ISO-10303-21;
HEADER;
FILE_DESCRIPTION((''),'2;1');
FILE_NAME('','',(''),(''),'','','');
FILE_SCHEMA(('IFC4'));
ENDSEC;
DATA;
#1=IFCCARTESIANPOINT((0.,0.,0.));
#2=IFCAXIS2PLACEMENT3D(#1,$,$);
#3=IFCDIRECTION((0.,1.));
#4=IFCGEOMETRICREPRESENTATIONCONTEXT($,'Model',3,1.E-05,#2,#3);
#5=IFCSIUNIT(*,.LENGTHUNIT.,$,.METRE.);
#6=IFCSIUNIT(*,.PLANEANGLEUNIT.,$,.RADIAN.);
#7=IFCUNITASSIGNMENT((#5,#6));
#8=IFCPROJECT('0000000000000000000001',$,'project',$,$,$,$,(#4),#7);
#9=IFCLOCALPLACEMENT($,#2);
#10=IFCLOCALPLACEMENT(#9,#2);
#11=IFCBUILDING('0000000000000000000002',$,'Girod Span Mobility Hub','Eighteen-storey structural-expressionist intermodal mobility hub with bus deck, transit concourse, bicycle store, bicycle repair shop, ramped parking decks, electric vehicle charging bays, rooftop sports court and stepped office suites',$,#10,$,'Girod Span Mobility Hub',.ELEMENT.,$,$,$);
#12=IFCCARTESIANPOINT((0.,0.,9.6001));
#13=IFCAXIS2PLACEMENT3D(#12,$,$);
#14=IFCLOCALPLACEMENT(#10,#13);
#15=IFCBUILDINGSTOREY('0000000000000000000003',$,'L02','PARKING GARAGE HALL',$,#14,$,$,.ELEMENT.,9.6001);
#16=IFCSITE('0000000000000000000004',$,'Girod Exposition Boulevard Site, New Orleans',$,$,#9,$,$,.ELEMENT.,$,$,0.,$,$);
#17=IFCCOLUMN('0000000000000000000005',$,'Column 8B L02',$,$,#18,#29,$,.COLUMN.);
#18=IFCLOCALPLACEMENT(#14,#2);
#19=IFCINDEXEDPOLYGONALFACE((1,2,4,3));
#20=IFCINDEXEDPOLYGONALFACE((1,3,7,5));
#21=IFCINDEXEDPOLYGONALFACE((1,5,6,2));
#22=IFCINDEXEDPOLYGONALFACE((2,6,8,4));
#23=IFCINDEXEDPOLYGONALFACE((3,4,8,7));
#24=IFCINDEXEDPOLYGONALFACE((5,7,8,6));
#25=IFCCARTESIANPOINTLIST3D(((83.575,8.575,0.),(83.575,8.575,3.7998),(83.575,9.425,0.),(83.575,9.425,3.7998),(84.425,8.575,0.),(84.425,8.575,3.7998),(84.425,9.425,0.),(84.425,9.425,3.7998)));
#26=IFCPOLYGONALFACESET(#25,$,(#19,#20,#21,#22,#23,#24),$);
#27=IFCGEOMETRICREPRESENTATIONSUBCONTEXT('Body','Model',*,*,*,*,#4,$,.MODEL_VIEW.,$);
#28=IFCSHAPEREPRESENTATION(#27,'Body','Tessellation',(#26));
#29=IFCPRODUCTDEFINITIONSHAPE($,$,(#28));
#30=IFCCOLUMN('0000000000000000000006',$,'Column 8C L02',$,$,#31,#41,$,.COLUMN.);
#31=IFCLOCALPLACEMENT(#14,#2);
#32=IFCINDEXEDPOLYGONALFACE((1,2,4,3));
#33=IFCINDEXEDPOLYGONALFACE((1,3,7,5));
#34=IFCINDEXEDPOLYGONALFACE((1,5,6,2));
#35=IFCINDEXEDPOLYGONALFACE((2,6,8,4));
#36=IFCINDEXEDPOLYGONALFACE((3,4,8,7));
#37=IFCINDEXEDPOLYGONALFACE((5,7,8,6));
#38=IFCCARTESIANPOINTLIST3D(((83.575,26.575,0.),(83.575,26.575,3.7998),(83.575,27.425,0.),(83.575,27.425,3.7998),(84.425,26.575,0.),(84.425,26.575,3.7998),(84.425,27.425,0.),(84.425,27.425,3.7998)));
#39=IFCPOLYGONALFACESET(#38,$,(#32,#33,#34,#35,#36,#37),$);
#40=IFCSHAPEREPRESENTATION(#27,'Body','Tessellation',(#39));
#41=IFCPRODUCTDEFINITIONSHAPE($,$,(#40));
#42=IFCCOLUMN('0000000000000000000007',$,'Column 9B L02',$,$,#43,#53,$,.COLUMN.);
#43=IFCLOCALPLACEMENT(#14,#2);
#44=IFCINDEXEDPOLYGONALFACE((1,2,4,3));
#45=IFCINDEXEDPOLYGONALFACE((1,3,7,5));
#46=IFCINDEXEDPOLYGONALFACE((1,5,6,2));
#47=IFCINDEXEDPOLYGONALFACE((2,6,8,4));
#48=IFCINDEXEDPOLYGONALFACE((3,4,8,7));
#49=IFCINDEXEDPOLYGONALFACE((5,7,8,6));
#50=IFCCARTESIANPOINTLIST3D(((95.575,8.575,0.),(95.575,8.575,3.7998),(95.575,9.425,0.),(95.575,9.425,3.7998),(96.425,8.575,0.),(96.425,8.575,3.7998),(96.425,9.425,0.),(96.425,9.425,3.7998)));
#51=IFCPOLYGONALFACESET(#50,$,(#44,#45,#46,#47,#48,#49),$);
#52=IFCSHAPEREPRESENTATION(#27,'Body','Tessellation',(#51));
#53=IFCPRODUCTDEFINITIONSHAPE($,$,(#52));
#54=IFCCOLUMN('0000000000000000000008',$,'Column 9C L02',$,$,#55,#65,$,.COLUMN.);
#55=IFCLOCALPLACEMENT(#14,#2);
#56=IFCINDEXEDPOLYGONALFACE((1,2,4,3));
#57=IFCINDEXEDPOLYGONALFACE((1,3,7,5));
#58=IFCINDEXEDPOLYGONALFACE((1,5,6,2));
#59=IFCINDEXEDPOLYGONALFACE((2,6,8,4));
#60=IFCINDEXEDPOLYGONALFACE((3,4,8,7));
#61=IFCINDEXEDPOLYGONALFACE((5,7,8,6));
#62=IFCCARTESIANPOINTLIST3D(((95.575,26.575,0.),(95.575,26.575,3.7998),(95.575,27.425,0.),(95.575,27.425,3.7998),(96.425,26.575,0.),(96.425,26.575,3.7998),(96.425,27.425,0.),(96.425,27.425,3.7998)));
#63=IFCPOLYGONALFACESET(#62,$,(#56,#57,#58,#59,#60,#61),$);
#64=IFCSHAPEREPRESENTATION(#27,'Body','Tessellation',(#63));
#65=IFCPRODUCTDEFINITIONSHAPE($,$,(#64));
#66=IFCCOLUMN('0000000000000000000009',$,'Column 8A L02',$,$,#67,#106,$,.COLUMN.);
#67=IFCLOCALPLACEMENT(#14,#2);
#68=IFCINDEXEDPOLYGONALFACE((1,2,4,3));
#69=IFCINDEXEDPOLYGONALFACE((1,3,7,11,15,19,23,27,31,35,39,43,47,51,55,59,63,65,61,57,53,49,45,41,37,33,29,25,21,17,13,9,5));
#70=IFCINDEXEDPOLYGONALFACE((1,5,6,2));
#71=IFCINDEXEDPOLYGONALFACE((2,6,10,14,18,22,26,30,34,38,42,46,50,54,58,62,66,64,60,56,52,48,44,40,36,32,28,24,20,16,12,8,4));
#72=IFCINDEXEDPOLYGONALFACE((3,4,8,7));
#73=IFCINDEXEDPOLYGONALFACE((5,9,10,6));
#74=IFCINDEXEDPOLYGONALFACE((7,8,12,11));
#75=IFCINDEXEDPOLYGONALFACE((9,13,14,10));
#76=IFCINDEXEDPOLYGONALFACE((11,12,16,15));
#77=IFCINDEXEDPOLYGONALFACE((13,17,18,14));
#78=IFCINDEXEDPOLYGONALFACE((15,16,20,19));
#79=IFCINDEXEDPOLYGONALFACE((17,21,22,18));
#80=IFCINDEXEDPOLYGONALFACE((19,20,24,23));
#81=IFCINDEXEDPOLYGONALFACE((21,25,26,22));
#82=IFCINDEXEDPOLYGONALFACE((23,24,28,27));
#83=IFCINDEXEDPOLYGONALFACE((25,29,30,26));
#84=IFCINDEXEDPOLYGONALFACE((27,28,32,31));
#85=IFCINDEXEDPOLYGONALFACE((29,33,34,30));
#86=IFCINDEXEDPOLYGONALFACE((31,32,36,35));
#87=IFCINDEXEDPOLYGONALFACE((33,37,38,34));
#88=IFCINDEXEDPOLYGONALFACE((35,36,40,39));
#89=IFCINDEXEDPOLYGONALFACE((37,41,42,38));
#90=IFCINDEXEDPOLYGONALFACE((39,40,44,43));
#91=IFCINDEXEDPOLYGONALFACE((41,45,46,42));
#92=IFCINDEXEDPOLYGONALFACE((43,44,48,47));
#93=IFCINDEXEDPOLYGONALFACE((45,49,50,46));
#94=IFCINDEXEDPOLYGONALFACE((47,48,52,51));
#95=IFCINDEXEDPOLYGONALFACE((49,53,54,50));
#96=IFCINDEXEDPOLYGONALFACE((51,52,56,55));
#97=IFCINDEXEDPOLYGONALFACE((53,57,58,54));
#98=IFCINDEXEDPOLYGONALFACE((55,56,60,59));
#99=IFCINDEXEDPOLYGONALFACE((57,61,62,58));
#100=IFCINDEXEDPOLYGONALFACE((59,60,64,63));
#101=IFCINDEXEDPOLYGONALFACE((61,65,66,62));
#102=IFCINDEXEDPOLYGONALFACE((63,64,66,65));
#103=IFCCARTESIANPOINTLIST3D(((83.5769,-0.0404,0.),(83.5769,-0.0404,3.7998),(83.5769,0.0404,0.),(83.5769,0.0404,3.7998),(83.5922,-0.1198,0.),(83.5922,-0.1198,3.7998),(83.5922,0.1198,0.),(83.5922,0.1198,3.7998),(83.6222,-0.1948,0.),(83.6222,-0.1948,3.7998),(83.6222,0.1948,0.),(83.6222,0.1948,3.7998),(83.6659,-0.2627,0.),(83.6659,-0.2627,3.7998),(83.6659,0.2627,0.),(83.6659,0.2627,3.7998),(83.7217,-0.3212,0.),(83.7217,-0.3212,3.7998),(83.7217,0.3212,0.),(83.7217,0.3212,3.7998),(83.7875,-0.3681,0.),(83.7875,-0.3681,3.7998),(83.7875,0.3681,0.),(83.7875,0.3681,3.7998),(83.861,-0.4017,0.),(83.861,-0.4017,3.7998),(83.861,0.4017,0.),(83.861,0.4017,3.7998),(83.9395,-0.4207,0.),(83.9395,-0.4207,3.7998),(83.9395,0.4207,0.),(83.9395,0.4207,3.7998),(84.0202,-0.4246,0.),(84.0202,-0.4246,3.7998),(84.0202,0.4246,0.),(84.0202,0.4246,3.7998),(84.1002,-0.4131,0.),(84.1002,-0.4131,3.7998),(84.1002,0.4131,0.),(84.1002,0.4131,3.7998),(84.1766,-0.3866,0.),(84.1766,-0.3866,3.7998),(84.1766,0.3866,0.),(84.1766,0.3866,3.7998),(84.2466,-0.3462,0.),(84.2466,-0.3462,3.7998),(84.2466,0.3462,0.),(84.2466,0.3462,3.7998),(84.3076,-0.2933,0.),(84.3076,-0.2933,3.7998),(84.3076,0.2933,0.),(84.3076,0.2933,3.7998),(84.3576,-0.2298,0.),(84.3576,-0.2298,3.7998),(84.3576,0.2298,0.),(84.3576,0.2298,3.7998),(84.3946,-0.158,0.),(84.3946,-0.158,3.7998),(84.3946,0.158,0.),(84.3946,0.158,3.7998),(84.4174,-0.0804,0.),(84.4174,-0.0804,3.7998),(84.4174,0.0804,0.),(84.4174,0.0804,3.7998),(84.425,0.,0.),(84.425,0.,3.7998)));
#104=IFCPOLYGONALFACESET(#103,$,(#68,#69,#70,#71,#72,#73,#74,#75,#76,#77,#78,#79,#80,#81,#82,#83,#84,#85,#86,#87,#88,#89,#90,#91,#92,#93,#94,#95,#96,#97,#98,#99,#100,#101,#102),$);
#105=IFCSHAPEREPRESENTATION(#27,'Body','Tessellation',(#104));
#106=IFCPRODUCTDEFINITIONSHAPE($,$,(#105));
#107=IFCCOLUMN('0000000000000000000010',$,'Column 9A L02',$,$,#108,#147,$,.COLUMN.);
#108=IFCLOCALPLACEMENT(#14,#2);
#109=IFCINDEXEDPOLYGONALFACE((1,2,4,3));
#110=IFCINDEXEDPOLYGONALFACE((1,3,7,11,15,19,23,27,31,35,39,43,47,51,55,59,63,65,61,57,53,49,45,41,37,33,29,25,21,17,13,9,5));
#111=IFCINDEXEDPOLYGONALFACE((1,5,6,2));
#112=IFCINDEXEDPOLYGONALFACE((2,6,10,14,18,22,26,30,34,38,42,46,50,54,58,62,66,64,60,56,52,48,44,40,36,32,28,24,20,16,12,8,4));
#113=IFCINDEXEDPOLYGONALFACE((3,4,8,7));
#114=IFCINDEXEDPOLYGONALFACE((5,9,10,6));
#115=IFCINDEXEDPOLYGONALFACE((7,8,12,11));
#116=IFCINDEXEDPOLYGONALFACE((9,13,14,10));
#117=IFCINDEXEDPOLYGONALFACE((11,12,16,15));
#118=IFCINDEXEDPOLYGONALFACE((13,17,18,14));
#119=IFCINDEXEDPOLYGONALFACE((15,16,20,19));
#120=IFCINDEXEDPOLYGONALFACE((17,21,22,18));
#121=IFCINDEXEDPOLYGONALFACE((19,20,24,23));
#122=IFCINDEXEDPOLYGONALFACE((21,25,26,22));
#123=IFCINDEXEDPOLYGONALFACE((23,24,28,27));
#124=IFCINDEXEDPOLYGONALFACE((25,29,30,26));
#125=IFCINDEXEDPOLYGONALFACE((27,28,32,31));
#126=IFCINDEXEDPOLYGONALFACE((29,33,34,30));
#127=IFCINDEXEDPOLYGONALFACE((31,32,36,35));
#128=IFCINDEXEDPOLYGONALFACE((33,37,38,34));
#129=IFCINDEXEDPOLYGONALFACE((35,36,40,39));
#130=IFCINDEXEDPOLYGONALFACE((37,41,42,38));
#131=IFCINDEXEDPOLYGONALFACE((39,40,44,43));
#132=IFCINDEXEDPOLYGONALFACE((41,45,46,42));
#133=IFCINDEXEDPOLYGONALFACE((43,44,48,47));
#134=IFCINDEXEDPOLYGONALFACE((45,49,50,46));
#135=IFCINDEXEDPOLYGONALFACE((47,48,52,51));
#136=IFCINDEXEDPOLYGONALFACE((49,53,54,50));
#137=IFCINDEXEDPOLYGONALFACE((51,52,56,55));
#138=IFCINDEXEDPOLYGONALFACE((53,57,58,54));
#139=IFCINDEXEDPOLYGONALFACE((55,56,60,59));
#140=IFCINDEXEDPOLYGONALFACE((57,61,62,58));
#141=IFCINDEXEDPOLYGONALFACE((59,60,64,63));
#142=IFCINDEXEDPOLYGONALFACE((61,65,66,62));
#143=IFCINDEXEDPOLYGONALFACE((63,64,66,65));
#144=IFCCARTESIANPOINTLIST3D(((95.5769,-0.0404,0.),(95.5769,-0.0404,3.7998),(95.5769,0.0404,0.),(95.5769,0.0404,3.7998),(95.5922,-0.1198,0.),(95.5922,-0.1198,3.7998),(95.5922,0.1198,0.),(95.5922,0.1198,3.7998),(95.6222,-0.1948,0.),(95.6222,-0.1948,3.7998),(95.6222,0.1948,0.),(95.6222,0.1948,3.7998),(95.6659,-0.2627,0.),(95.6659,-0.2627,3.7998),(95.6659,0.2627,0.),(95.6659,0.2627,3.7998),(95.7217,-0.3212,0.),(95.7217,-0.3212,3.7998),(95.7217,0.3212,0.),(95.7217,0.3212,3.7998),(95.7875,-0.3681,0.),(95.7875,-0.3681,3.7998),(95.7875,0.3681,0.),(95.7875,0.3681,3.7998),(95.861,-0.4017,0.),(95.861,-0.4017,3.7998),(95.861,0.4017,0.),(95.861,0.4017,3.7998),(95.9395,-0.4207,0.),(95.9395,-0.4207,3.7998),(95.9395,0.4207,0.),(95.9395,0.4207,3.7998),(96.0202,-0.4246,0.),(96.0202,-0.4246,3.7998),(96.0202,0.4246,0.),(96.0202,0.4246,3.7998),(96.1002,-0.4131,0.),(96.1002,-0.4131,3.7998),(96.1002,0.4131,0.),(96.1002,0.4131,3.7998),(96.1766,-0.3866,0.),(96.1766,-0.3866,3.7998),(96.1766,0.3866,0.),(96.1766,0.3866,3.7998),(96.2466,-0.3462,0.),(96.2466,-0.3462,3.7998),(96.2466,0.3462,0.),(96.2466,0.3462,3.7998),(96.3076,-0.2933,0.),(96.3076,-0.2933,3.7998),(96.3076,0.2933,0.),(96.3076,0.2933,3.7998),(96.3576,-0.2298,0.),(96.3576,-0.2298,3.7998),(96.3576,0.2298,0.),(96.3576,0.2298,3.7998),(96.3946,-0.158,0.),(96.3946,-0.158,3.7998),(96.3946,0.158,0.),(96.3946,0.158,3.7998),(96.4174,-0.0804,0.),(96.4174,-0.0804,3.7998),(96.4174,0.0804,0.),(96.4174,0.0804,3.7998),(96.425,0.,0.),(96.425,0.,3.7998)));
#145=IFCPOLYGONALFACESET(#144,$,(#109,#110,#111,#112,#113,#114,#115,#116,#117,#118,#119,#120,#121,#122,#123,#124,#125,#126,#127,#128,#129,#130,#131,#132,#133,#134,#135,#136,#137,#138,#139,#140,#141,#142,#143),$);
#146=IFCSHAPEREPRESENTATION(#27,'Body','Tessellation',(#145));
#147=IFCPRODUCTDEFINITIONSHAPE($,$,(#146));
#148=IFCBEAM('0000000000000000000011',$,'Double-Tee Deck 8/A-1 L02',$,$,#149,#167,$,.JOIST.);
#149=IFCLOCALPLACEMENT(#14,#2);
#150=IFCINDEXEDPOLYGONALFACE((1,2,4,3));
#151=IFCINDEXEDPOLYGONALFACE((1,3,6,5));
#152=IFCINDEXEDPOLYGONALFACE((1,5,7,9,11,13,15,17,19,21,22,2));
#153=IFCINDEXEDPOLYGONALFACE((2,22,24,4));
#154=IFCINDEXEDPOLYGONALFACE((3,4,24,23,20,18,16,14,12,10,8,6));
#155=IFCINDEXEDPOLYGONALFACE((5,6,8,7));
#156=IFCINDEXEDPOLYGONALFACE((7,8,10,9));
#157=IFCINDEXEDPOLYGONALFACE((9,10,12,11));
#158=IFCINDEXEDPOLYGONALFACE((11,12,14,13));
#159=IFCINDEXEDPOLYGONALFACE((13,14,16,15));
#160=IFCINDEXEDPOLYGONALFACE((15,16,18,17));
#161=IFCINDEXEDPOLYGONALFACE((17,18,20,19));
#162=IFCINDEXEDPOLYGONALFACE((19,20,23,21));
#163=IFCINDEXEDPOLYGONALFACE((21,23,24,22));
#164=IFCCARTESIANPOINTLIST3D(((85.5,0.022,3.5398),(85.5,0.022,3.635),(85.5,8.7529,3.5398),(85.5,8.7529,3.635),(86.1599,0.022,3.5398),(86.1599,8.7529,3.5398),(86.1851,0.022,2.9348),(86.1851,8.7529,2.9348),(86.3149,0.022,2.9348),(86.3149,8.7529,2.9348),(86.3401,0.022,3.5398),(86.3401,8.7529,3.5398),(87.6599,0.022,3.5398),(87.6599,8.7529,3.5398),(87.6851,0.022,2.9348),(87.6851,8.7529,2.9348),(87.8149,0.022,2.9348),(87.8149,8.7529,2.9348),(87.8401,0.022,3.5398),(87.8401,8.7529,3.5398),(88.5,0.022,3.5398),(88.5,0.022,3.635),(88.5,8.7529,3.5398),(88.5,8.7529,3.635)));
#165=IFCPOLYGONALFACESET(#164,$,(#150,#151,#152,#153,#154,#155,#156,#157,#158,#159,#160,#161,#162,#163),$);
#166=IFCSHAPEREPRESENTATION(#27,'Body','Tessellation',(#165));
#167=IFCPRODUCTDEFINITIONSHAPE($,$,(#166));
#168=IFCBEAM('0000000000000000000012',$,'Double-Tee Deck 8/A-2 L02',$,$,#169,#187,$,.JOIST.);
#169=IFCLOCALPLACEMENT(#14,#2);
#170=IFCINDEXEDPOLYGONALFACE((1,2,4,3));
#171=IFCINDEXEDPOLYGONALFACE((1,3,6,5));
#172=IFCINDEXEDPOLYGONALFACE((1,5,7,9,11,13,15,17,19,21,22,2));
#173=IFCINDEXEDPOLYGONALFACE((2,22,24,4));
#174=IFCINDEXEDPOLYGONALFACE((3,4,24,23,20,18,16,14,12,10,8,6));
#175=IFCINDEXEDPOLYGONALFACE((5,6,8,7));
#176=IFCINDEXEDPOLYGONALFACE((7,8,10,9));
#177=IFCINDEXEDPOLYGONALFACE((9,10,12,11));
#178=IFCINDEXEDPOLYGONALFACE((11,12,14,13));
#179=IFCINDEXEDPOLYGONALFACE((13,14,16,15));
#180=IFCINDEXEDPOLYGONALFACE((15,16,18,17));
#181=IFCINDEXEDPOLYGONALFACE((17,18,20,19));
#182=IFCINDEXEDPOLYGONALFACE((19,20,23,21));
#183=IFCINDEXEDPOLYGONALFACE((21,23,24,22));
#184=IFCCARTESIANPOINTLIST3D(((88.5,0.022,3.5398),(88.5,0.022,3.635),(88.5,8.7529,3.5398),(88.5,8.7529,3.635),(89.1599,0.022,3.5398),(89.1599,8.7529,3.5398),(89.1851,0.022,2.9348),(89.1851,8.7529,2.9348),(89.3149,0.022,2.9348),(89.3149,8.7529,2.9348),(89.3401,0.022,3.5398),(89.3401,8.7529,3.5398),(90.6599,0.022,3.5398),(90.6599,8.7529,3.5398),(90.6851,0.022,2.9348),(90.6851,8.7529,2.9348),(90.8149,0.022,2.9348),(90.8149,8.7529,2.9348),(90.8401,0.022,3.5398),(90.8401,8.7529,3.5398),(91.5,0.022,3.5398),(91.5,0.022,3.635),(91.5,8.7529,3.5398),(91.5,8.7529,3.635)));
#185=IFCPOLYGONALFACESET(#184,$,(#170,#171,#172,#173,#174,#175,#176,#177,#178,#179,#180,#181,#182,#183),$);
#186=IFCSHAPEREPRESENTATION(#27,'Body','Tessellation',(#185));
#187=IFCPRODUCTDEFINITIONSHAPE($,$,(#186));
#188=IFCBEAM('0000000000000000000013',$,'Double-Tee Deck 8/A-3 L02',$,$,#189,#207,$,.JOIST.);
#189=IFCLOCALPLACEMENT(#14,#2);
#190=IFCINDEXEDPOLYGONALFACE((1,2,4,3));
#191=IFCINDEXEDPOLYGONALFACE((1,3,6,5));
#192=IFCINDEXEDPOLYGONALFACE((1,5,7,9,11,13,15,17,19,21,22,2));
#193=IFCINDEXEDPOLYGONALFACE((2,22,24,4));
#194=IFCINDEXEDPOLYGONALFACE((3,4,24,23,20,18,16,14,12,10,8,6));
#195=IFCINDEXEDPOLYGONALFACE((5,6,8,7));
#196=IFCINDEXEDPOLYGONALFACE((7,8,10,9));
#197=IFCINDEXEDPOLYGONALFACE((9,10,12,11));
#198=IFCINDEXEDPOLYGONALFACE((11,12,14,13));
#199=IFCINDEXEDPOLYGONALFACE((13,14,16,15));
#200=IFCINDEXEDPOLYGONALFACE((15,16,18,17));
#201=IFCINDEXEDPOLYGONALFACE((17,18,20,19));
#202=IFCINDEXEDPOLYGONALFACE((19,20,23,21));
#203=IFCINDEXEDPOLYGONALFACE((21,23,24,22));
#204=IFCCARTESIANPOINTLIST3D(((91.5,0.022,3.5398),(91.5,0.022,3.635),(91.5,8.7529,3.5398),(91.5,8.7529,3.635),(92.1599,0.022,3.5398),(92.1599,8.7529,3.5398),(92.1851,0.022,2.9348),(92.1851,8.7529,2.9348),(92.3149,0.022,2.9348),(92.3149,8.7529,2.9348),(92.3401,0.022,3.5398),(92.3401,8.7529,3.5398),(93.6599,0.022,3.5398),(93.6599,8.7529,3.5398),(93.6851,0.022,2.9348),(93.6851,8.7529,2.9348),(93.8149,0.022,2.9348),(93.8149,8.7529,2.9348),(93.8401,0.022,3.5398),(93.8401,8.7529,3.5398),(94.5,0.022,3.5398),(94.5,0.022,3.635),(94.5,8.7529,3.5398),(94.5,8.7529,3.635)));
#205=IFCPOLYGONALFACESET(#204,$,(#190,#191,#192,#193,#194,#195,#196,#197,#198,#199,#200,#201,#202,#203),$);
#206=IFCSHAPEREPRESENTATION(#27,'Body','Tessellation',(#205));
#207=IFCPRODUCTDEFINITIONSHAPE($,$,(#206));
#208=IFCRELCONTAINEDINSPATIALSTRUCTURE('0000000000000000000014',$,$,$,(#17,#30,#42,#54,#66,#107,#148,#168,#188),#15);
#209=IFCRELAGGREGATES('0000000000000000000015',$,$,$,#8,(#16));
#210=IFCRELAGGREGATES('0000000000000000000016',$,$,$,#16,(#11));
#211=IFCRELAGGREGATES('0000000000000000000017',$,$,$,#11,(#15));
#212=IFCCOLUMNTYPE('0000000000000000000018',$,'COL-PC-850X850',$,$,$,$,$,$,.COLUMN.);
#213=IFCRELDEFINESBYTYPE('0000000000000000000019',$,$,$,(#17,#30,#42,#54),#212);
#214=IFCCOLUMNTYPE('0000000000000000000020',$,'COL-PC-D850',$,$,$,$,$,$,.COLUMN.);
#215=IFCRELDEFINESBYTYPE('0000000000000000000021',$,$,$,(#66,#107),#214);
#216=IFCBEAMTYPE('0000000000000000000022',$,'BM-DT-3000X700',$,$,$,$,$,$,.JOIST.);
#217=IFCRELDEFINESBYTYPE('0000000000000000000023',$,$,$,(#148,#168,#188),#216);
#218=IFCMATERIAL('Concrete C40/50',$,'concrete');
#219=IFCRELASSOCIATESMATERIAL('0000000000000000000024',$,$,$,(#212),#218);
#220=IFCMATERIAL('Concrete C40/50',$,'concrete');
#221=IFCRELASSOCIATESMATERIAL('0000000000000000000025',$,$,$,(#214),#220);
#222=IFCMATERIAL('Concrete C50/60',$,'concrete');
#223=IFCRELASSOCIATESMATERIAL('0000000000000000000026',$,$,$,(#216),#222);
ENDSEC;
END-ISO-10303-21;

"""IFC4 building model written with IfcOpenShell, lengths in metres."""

from ifc_helpers import new_model, si_unit, direction, frame, origin, origin_2d, place, context, subcontext, project, spatial, polyline, rectangle, circle, outline, extrude, material, material_profile, profile_set, type_object, element, save


model = new_model("IFC4")

# Units and contexts
model_context = context("Model", 3, precision=1e-05, world=origin(), true_north=direction((0.0, 1.0)))
body_context = subcontext(model_context, "Body", "Model", "MODEL_VIEW")
ifc_project = project(units=[si_unit("LENGTHUNIT", "METRE"), si_unit("PLANEANGLEUNIT", "RADIAN")], contexts=[model_context])

# Site, building, storey
site_placement = place(None, origin())
site = spatial("IfcSite", under=ifc_project, at=site_placement, Name="Girod Exposition Boulevard Site, New Orleans", CompositionType="ELEMENT", RefElevation=0.0)
building_placement = place(site_placement, origin())
building = spatial("IfcBuilding", under=site, at=building_placement, Name="Girod Span Mobility Hub", Description="Eighteen-storey structural-expressionist intermodal mobility hub with bus deck, transit concourse, bicycle store, bicycle repair shop, ramped parking decks, electric vehicle charging bays, rooftop sports court and stepped office suites", LongName="Girod Span Mobility Hub", CompositionType="ELEMENT")
storey_placement = place(building_placement, frame((0.0, 0.0, 9.6001)))
storey = spatial("IfcBuildingStorey", under=building, at=storey_placement, Name="L02", Description="PARKING GARAGE HALL", CompositionType="ELEMENT", Elevation=9.6001)

# Columns
ifc_material_1 = material(Name="Concrete C40/50", Category="concrete")
ifc_material_profile_1 = material_profile(ifc_material_1, rectangle(XDim=0.8501, YDim=0.8501, at=origin_2d()), Name="PC-COL-850X850")
ifc_profile_set_1 = profile_set([ifc_material_profile_1], Name="Concrete C40/50")
column_type_1 = type_object("IfcColumnType", Name="COL-PC-850X850", PredefinedType="COLUMN", material=ifc_profile_set_1)
for number, where, z_axis, x_axis, name in (
    (1, (84.0, 9.0, 0.0), (0.0, 0.0, 1.0), (1.0, 0.0, 0.0), "Column 8B L02"),
    (2, (84.0, 27.0, 0.0), (0.0, 0.0, 1.0), (1.0, 0.0, 0.0), "Column 8C L02"),
    (3, (96.0, 9.0, 0.0), (0.0, 0.0, 1.0), (1.0, 0.0, 0.0), "Column 9B L02"),
    (4, (96.0, 27.0, 0.0), (0.0, 0.0, 1.0), (1.0, 0.0, 0.0), "Column 9C L02"),
):
    element("IfcColumn", number, at=place(storey_placement, frame(where, z_axis=z_axis, x_axis=x_axis)), inside=storey, type_object=column_type_1, Name=name, PredefinedType="COLUMN", context=body_context, shape_type="SweptSolid", body=[
        extrude(rectangle(XDim=0.8501, YDim=0.8501, at=origin_2d()), origin(), (0.0, 0.0, 1.0), 3.7998),
    ])
ifc_material_2 = material(Name="Concrete C40/50", Category="concrete")
ifc_material_profile_2 = material_profile(ifc_material_2, circle(Radius=0.425, at=origin_2d()), Name="PC-CIR-D850")
ifc_profile_set_2 = profile_set([ifc_material_profile_2], Name="Concrete C40/50")
column_type_2 = type_object("IfcColumnType", Name="COL-PC-D850", PredefinedType="COLUMN", material=ifc_profile_set_2)
for number, where, z_axis, x_axis, name in (
    (5, (84.0, 0.0, 0.0), (0.0, 0.0, 1.0), (1.0, 0.0, 0.0), "Column 8A L02"),
    (6, (96.0, 0.0, 0.0), (0.0, 0.0, 1.0), (1.0, 0.0, 0.0), "Column 9A L02"),
):
    element("IfcColumn", number, at=place(storey_placement, frame(where, z_axis=z_axis, x_axis=x_axis)), inside=storey, type_object=column_type_2, Name=name, PredefinedType="COLUMN", context=body_context, shape_type="SweptSolid", body=[
        extrude(circle(Radius=0.425, at=origin_2d()), origin(), (0.0, 0.0, 1.0), 3.7998),
    ])

# Beams
ifc_material_3 = material(Name="Concrete C50/60", Category="concrete")
ifc_material_profile_3 = material_profile(ifc_material_3, outline(polyline([(-1.5, 0.3501), (-1.5, 0.2549), (-0.8401, 0.2549), (-0.8149, -0.3501), (-0.6851, -0.3501), (-0.6599, 0.2549), (0.6599, 0.2549), (0.6851, -0.3501), (0.8149, -0.3501), (0.8401, 0.2549), (1.5, 0.2549), (1.5, 0.3501), (-1.5, 0.3501)])), Name="DT-3000X700")
ifc_profile_set_3 = profile_set([ifc_material_profile_3], Name="Concrete C50/60")
beam_type_1 = type_object("IfcBeamType", Name="BM-DT-3000X700", PredefinedType="JOIST", material=ifc_profile_set_3)
for number, where, z_axis, x_axis, name in (
    (7, (87.0, 0.022, 3.2849), (0.0, 1.0, 0.0), (-1.0, 0.0, 0.0), "Double-Tee Deck 8/A-1 L02"),
    (8, (90.0, 0.022, 3.2849), (0.0, 1.0, 0.0), (-1.0, 0.0, 0.0), "Double-Tee Deck 8/A-2 L02"),
    (9, (93.0, 0.022, 3.2849), (0.0, 1.0, 0.0), (-1.0, 0.0, 0.0), "Double-Tee Deck 8/A-3 L02"),
):
    element("IfcBeam", number, at=place(storey_placement, frame(where, z_axis=z_axis, x_axis=x_axis)), inside=storey, type_object=beam_type_1, Name=name, PredefinedType="JOIST", context=body_context, shape_type="SweptSolid", body=[
        extrude(outline(polyline([(-1.5, 0.3501), (-1.5, 0.2549), (-0.8401, 0.2549), (-0.8149, -0.3501), (-0.6851, -0.3501), (-0.6599, 0.2549), (0.6599, 0.2549), (0.6851, -0.3501), (0.8149, -0.3501), (0.8401, 0.2549), (1.5, 0.2549), (1.5, 0.3501), (-1.5, 0.3501)])), origin(), (0.0, 0.0, 1.0), 8.731),
    ])

save(model, "model.ifc")
